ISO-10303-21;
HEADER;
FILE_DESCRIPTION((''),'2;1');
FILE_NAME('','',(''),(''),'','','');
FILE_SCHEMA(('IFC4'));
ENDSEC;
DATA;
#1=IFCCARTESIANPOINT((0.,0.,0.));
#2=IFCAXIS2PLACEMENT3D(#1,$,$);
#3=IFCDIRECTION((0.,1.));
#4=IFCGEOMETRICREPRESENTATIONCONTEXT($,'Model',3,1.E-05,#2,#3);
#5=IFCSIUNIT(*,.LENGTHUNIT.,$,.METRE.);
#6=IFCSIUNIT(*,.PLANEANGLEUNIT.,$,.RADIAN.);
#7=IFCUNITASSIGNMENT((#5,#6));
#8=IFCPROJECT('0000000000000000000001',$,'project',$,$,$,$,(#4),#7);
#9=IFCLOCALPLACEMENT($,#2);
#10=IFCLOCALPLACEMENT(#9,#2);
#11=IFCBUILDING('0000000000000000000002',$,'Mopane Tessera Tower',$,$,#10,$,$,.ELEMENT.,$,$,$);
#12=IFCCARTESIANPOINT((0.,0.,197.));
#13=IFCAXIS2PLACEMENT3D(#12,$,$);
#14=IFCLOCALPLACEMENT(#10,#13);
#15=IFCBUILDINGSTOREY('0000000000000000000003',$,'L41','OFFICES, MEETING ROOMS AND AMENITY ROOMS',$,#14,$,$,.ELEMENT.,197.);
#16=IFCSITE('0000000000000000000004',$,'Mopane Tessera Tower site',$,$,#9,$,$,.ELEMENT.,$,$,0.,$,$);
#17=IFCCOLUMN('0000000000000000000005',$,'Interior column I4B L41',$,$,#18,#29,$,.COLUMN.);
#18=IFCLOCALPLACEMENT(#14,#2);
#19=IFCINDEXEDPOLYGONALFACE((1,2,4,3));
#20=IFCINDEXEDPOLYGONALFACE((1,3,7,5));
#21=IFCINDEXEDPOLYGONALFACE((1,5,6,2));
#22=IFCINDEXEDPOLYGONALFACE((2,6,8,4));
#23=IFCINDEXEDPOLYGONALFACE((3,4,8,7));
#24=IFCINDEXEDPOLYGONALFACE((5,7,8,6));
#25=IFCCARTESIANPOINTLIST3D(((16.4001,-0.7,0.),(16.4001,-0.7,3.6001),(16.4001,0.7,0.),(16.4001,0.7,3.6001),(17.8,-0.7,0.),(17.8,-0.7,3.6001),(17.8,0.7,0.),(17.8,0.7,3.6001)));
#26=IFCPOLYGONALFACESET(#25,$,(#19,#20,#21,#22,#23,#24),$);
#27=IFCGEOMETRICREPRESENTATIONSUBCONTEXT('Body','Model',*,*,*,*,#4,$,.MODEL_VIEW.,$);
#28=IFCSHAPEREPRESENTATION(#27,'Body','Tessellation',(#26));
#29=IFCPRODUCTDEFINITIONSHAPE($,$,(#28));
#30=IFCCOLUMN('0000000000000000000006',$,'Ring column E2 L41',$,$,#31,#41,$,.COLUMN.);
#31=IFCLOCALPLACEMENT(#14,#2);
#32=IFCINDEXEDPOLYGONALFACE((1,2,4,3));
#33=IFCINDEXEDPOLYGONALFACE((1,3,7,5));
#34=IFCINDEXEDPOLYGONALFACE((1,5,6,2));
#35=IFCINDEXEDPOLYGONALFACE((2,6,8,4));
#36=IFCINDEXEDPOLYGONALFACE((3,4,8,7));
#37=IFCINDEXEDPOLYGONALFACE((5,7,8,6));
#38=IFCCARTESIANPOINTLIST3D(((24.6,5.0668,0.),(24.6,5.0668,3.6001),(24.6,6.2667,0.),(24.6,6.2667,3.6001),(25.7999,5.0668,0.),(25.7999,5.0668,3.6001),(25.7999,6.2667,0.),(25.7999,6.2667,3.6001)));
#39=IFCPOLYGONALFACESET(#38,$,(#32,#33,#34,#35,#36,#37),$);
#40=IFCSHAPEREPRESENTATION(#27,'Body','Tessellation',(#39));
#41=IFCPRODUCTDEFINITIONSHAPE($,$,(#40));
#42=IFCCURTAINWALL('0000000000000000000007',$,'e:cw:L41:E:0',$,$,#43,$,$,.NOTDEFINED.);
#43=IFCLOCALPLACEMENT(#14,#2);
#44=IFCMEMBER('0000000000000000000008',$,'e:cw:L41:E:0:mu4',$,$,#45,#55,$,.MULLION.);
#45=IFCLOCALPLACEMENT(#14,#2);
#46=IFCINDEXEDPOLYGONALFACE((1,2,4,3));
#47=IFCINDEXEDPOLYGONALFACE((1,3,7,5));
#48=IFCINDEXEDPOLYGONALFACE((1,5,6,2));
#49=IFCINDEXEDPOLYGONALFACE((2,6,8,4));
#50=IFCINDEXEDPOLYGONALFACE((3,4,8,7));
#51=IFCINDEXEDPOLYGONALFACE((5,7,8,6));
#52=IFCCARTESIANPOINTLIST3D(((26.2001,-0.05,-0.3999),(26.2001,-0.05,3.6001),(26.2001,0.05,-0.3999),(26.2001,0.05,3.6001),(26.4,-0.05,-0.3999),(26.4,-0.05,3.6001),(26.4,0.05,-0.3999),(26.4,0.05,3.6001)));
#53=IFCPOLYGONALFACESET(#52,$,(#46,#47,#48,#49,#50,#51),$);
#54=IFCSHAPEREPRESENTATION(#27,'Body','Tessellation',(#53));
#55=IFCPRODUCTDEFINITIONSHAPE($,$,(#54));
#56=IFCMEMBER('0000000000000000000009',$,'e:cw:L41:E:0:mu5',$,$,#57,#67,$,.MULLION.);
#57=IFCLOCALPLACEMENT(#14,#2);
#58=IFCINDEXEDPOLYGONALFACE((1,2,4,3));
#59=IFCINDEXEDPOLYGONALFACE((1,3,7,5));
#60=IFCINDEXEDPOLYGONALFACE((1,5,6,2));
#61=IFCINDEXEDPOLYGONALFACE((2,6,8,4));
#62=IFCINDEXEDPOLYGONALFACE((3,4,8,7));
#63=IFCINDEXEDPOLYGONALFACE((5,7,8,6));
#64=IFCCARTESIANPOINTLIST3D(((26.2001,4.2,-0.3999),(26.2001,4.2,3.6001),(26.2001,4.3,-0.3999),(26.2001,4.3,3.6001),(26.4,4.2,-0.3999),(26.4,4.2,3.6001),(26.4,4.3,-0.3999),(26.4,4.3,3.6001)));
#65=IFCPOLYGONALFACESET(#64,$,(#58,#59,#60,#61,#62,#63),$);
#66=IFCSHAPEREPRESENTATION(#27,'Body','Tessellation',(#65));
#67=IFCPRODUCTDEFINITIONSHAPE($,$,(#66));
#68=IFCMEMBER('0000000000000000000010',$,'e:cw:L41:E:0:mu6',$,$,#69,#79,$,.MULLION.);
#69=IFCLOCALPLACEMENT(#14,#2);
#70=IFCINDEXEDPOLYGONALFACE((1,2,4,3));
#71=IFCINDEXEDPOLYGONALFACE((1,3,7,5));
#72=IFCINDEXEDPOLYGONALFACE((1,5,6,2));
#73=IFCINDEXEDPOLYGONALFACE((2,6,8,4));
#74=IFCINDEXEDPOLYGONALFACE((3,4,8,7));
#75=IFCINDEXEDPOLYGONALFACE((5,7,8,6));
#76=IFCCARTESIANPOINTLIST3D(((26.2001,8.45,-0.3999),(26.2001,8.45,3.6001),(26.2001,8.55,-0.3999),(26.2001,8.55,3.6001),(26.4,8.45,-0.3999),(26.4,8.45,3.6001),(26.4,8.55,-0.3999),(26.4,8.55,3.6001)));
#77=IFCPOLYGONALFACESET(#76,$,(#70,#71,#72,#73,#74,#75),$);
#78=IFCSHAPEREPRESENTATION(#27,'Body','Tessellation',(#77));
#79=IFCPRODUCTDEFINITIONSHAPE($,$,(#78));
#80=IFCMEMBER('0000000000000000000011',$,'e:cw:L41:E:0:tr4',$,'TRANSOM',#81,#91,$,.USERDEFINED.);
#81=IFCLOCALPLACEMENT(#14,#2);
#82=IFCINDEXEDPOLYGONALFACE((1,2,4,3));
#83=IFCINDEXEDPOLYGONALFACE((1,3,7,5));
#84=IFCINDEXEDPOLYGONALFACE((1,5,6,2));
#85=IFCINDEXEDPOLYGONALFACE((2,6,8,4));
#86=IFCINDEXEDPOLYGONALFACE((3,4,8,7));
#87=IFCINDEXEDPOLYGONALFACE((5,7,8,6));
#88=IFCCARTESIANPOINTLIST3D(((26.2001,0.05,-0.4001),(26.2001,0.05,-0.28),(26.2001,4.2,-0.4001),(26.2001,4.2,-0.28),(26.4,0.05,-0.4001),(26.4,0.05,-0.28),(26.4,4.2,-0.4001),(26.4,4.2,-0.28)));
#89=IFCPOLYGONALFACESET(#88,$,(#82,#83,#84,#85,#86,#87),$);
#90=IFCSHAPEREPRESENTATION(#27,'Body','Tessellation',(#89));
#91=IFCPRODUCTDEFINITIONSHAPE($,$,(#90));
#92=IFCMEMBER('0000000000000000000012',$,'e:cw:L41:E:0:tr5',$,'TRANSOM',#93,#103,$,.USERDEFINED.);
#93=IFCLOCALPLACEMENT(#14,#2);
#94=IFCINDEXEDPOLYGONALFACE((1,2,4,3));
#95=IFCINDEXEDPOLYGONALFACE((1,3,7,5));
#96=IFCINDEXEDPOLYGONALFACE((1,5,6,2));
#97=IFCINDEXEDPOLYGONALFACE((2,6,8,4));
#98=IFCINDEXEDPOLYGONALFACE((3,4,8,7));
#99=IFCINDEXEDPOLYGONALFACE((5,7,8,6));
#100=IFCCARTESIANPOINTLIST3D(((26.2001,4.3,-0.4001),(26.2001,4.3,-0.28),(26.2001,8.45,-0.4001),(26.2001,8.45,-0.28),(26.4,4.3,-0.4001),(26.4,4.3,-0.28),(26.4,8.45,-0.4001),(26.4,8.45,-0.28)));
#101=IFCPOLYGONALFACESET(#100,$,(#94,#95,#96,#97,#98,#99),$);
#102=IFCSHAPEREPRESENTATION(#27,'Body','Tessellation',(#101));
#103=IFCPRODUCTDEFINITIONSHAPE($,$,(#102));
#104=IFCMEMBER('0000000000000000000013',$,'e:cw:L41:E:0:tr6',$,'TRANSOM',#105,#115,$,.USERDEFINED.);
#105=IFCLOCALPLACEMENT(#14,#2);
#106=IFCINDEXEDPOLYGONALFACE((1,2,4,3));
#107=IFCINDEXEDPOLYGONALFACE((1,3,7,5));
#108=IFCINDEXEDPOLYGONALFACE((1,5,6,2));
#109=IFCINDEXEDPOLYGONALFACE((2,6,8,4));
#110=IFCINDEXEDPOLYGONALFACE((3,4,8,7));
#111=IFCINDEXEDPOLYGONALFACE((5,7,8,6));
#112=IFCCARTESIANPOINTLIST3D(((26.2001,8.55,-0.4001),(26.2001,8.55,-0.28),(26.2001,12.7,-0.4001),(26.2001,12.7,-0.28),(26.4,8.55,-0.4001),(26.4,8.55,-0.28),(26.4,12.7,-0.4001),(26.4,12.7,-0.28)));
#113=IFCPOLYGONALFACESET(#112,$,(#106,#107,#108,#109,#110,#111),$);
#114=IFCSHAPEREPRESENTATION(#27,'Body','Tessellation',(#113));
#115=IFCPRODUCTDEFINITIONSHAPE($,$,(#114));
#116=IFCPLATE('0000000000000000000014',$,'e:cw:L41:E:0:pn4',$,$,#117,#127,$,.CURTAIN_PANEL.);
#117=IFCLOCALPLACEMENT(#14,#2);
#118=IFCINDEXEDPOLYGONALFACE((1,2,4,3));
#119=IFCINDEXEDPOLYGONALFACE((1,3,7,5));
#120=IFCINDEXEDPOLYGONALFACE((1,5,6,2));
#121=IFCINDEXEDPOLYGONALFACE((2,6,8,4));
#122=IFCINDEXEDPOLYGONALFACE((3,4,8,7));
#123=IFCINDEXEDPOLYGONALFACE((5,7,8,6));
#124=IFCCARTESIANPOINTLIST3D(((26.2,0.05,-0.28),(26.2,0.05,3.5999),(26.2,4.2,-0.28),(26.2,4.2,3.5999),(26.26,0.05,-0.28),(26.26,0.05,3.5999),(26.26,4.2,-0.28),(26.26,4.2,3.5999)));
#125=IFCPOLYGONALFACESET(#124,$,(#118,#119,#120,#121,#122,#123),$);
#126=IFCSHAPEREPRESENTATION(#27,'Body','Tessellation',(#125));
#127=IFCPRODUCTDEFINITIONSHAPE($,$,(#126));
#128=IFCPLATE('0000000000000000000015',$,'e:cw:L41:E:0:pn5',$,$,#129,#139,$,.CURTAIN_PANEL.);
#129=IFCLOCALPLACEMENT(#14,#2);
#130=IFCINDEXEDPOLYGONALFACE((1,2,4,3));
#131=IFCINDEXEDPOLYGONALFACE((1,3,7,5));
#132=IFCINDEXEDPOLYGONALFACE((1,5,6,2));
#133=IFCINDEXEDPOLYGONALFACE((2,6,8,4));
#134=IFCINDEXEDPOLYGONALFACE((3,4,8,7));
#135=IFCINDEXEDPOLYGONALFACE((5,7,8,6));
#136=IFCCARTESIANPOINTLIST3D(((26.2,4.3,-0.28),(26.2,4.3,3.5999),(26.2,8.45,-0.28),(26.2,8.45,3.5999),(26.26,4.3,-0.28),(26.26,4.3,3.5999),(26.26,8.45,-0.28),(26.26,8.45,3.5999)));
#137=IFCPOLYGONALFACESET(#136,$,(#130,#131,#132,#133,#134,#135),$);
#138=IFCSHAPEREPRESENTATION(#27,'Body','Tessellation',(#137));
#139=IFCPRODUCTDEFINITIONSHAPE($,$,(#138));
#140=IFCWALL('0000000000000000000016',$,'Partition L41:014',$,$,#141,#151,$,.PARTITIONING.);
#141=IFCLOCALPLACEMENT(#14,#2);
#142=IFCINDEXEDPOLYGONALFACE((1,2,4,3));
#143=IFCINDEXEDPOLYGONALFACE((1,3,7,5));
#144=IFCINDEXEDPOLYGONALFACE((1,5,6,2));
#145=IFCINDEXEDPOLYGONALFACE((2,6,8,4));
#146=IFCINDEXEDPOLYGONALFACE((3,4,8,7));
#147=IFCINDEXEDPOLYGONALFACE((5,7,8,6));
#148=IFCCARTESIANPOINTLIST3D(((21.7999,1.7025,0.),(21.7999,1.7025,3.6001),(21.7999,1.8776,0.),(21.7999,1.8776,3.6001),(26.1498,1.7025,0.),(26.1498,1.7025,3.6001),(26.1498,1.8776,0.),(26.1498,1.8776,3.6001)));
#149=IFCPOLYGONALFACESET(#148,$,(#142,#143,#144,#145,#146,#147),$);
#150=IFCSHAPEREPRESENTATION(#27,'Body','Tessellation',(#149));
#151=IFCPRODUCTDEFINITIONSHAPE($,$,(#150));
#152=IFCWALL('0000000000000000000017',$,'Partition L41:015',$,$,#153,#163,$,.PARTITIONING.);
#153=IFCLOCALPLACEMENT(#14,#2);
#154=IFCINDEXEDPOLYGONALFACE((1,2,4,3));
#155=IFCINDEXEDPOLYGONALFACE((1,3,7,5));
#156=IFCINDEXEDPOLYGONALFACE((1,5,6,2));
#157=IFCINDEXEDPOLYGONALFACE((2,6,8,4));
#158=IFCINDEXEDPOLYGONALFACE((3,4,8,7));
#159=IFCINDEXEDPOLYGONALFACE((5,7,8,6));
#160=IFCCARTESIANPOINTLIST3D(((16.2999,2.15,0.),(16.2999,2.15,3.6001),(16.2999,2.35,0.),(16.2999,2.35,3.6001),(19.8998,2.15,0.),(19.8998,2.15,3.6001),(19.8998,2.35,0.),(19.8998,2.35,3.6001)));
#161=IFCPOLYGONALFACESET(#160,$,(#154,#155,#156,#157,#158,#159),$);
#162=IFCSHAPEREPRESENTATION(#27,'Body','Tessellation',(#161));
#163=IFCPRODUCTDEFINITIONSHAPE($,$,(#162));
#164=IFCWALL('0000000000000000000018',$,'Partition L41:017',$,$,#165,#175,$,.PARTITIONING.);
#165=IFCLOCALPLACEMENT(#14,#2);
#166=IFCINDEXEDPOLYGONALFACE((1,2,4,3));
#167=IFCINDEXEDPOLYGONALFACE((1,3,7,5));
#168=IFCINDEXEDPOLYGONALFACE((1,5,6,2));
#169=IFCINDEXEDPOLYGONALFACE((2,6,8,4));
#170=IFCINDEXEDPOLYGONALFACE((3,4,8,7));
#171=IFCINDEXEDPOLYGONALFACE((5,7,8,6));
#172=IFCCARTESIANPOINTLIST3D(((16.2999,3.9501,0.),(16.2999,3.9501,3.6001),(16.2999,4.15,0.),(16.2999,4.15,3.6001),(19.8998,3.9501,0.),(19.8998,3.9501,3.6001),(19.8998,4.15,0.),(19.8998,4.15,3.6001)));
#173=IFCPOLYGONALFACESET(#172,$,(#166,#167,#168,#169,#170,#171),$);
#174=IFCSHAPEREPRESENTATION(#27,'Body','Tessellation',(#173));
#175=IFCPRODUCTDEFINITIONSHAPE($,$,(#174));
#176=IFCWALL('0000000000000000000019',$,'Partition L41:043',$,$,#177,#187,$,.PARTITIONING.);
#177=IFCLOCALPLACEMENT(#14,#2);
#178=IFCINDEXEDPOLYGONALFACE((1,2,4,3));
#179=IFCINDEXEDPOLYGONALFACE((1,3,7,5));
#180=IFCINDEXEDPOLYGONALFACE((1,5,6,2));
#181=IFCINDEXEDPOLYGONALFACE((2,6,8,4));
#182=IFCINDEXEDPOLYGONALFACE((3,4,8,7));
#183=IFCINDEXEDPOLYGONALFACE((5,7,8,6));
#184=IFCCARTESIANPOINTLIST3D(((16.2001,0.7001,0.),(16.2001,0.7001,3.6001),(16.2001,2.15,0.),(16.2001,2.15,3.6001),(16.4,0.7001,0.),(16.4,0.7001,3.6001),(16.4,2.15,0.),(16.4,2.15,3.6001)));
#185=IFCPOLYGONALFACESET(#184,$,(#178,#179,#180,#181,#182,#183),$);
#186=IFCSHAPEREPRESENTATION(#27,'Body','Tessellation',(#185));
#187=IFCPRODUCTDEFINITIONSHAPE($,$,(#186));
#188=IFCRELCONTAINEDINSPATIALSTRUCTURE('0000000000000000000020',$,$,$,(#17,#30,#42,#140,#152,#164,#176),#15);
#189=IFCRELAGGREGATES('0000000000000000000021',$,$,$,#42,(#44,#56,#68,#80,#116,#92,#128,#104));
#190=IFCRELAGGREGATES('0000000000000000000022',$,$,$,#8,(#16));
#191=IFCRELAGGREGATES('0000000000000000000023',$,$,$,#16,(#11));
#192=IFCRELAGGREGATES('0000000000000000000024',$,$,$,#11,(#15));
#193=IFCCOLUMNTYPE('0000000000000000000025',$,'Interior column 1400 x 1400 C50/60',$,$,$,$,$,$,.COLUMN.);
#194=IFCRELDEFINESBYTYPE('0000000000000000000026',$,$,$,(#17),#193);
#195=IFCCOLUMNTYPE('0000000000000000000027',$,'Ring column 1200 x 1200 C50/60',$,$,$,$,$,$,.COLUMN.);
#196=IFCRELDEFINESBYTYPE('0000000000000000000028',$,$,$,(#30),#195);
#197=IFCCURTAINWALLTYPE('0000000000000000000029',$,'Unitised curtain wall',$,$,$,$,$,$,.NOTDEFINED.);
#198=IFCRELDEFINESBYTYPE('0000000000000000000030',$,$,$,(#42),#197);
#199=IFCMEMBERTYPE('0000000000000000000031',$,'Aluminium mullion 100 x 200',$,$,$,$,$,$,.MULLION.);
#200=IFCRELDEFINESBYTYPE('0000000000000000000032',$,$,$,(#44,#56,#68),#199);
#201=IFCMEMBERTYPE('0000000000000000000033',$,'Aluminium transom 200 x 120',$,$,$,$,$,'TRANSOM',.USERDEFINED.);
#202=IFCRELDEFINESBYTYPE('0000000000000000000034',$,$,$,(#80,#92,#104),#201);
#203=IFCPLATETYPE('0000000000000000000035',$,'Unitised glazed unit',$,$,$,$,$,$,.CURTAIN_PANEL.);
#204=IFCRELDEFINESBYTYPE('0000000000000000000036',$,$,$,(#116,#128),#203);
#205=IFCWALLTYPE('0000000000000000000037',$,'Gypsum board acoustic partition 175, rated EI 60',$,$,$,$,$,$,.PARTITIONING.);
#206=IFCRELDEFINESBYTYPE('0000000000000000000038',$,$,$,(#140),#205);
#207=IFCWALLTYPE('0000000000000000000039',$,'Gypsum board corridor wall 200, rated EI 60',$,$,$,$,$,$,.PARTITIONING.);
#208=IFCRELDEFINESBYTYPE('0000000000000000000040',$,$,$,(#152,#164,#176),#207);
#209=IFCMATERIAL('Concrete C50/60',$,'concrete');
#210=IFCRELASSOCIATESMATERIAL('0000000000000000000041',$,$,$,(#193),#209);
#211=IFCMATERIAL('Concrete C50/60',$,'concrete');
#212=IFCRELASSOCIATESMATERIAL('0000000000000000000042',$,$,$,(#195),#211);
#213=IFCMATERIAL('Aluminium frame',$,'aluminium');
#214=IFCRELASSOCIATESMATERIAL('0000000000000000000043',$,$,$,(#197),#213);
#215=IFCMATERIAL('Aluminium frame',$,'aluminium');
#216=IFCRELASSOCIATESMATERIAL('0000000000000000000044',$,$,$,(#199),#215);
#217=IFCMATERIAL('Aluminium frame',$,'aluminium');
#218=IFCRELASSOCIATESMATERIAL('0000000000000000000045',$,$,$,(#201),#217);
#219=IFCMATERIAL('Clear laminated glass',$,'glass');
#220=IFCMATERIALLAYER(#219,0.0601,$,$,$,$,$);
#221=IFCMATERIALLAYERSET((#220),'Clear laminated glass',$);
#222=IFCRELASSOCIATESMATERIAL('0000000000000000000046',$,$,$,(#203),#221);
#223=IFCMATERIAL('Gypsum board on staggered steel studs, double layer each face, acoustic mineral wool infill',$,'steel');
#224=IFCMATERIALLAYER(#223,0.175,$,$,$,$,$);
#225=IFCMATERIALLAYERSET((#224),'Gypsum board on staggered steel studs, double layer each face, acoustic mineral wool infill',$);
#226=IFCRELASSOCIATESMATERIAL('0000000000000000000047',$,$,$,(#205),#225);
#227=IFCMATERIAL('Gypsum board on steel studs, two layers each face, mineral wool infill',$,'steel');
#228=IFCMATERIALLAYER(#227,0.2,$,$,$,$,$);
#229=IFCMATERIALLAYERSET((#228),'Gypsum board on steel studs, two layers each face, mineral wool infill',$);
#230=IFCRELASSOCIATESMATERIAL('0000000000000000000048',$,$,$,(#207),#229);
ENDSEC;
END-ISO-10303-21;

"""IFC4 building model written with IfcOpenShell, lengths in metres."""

from ifc_helpers import new_model, si_unit, direction, frame, frame_2d, origin, origin_2d, place, context, subcontext, project, spatial, rectangle, extrude, material, layer, layer_set, material_profile, profile_set, type_object, element, aggregate, save


model = new_model("IFC4")

# Units and contexts
model_context = context("Model", 3, precision=1e-05, world=origin(), true_north=direction((0.0, 1.0)))
body_context = subcontext(model_context, "Body", "Model", "MODEL_VIEW")
ifc_project = project(units=[si_unit("LENGTHUNIT", "METRE"), si_unit("PLANEANGLEUNIT", "RADIAN")], contexts=[model_context])

# Site, building, storey
site_placement = place(None, origin())
site = spatial("IfcSite", under=ifc_project, at=site_placement, Name="Mopane Tessera Tower site", CompositionType="ELEMENT", RefElevation=0.0)
building_placement = place(site_placement, origin())
building = spatial("IfcBuilding", under=site, at=building_placement, Name="Mopane Tessera Tower", CompositionType="ELEMENT")
storey_placement = place(building_placement, frame((0.0, 0.0, 197.0)))
storey = spatial("IfcBuildingStorey", under=building, at=storey_placement, Name="L41", Description="OFFICES, MEETING ROOMS AND AMENITY ROOMS", CompositionType="ELEMENT", Elevation=197.0)

# Columns
ifc_material_1 = material(Name="Concrete C50/60", Category="concrete")
ifc_material_profile_1 = material_profile(ifc_material_1, rectangle(XDim=1.3999, YDim=1.3999, at=origin_2d()))
ifc_profile_set_1 = profile_set([ifc_material_profile_1], Name="Concrete C50/60")
column_type_1 = type_object("IfcColumnType", Name="Interior column 1400 x 1400 C50/60", PredefinedType="COLUMN", material=ifc_profile_set_1)
column_1_placement = place(storey_placement, frame((17.1001, 0.0, 0.0), z_axis=(0.0, 0.0, 1.0), x_axis=(1.0, 0.0, 0.0)))
element("IfcColumn", 1, at=column_1_placement, inside=storey, type_object=column_type_1, Name="Interior column I4B L41", PredefinedType="COLUMN", context=body_context, shape_type="SweptSolid", body=[
    extrude(rectangle(XDim=1.3999, YDim=1.3999, at=origin_2d()), origin(), (0.0, 0.0, 1.0), 3.6001),
])
ifc_material_2 = material(Name="Concrete C50/60", Category="concrete")
ifc_material_profile_2 = material_profile(ifc_material_2, rectangle(XDim=1.2, YDim=1.2, at=origin_2d()))
ifc_profile_set_2 = profile_set([ifc_material_profile_2], Name="Concrete C50/60")
column_type_2 = type_object("IfcColumnType", Name="Ring column 1200 x 1200 C50/60", PredefinedType="COLUMN", material=ifc_profile_set_2)
column_2_placement = place(storey_placement, frame((25.2, 5.6667, 0.0), z_axis=(0.0, 0.0, 1.0), x_axis=(1.0, 0.0, 0.0)))
element("IfcColumn", 2, at=column_2_placement, inside=storey, type_object=column_type_2, Name="Ring column E2 L41", PredefinedType="COLUMN", context=body_context, shape_type="SweptSolid", body=[
    extrude(rectangle(XDim=1.2, YDim=1.2, at=origin_2d()), origin(), (0.0, 0.0, 1.0), 3.6001),
])

# Curtain wall, members, plates
ifc_material_3 = material(Name="Aluminium frame", Category="aluminium")
curtain_wall_type = type_object("IfcCurtainWallType", Name="Unitised curtain wall", PredefinedType="NOTDEFINED", material=ifc_material_3)
curtain_wall_placement = place(storey_placement, origin())
curtain_wall = element("IfcCurtainWall", 3, at=curtain_wall_placement, inside=storey, type_object=curtain_wall_type, Name="e:cw:L41:E:0", PredefinedType="NOTDEFINED")
ifc_material_4 = material(Name="Aluminium frame", Category="aluminium")
ifc_material_profile_3 = material_profile(ifc_material_4, rectangle(XDim=0.1001, YDim=0.2, at=origin_2d()))
ifc_profile_set_3 = profile_set([ifc_material_profile_3], Name="Aluminium frame")
member_type_1 = type_object("IfcMemberType", Name="Aluminium mullion 100 x 200", PredefinedType="MULLION", material=ifc_profile_set_3)
member_1_placement = place(storey_placement, frame((26.3, 0.0, -0.3999), z_axis=(0.0, 0.0, 1.0), x_axis=(0.0, 1.0, 0.0)))
member_1 = element("IfcMember", 4, at=member_1_placement, type_object=member_type_1, Name="e:cw:L41:E:0:mu4", PredefinedType="MULLION", context=body_context, shape_type="SweptSolid", body=[
    extrude(rectangle(XDim=0.1001, YDim=0.2, at=origin_2d()), origin(), (0.0, 0.0, 1.0), 4.0),
])
member_2_placement = place(storey_placement, frame((26.3, 4.25, -0.3999), z_axis=(0.0, 0.0, 1.0), x_axis=(0.0, 1.0, 0.0)))
member_2 = element("IfcMember", 5, at=member_2_placement, type_object=member_type_1, Name="e:cw:L41:E:0:mu5", PredefinedType="MULLION", context=body_context, shape_type="SweptSolid", body=[
    extrude(rectangle(XDim=0.1001, YDim=0.2, at=origin_2d()), origin(), (0.0, 0.0, 1.0), 4.0),
])
member_3_placement = place(storey_placement, frame((26.3, 8.5, -0.3999), z_axis=(0.0, 0.0, 1.0), x_axis=(0.0, 1.0, 0.0)))
member_3 = element("IfcMember", 6, at=member_3_placement, type_object=member_type_1, Name="e:cw:L41:E:0:mu6", PredefinedType="MULLION", context=body_context, shape_type="SweptSolid", body=[
    extrude(rectangle(XDim=0.1001, YDim=0.2, at=origin_2d()), origin(), (0.0, 0.0, 1.0), 4.0),
])
ifc_material_5 = material(Name="Aluminium frame", Category="aluminium")
ifc_material_profile_4 = material_profile(ifc_material_5, rectangle(XDim=0.2, YDim=0.1201, at=origin_2d()))
ifc_profile_set_4 = profile_set([ifc_material_profile_4], Name="Aluminium frame")
member_type_2 = type_object("IfcMemberType", Name="Aluminium transom 200 x 120", ElementType="TRANSOM", PredefinedType="USERDEFINED", material=ifc_profile_set_4)
member_4_placement = place(storey_placement, frame((26.3, 0.05, -0.3401), z_axis=(0.0, 1.0, 0.0), x_axis=(-1.0, 0.0, 0.0)))
member_4 = element("IfcMember", 7, at=member_4_placement, type_object=member_type_2, Name="e:cw:L41:E:0:tr4", ObjectType="TRANSOM", PredefinedType="USERDEFINED", context=body_context, shape_type="SweptSolid", body=[
    extrude(rectangle(XDim=0.2, YDim=0.1201, at=origin_2d()), origin(), (0.0, 0.0, 1.0), 4.1499),
])
member_5_placement = place(storey_placement, frame((26.3, 4.3, -0.3401), z_axis=(0.0, 1.0, 0.0), x_axis=(-1.0, 0.0, 0.0)))
member_5 = element("IfcMember", 8, at=member_5_placement, type_object=member_type_2, Name="e:cw:L41:E:0:tr5", ObjectType="TRANSOM", PredefinedType="USERDEFINED", context=body_context, shape_type="SweptSolid", body=[
    extrude(rectangle(XDim=0.2, YDim=0.1201, at=origin_2d()), origin(), (0.0, 0.0, 1.0), 4.1499),
])
member_6_placement = place(storey_placement, frame((26.3, 8.55, -0.3401), z_axis=(0.0, 1.0, 0.0), x_axis=(-1.0, 0.0, 0.0)))
member_6 = element("IfcMember", 9, at=member_6_placement, type_object=member_type_2, Name="e:cw:L41:E:0:tr6", ObjectType="TRANSOM", PredefinedType="USERDEFINED", context=body_context, shape_type="SweptSolid", body=[
    extrude(rectangle(XDim=0.2, YDim=0.1201, at=origin_2d()), origin(), (0.0, 0.0, 1.0), 4.1499),
])
ifc_material_6 = material(Name="Clear laminated glass", Category="glass")
ifc_layer_1 = layer(ifc_material_6, 0.0601)
ifc_layer_set_1 = layer_set([ifc_layer_1], Name="Clear laminated glass")
plate_type = type_object("IfcPlateType", Name="Unitised glazed unit", PredefinedType="CURTAIN_PANEL", material=ifc_layer_set_1)
plate_1_placement = place(storey_placement, frame((26.23, 2.125, -0.28), z_axis=(0.0, 0.0, 1.0), x_axis=(0.0, 1.0, 0.0)))
plate_1 = element("IfcPlate", 10, at=plate_1_placement, type_object=plate_type, Name="e:cw:L41:E:0:pn4", PredefinedType="CURTAIN_PANEL", context=body_context, shape_type="SweptSolid", body=[
    extrude(rectangle(XDim=4.1499, YDim=0.0601, at=origin_2d()), origin(), (0.0, 0.0, 1.0), 3.8799),
])
plate_2_placement = place(storey_placement, frame((26.23, 6.375, -0.28), z_axis=(0.0, 0.0, 1.0), x_axis=(0.0, 1.0, 0.0)))
plate_2 = element("IfcPlate", 11, at=plate_2_placement, type_object=plate_type, Name="e:cw:L41:E:0:pn5", PredefinedType="CURTAIN_PANEL", context=body_context, shape_type="SweptSolid", body=[
    extrude(rectangle(XDim=4.1499, YDim=0.0601, at=origin_2d()), origin(), (0.0, 0.0, 1.0), 3.8799),
])
aggregate(curtain_wall, [member_1, member_2, member_3, member_4, plate_1, member_5, plate_2, member_6])

# Walls
ifc_material_7 = material(Name="Gypsum board on staggered steel studs, double layer each face, acoustic mineral wool infill", Category="steel")
ifc_layer_2 = layer(ifc_material_7, 0.175)
ifc_layer_set_2 = layer_set([ifc_layer_2], Name="Gypsum board on staggered steel studs, double layer each face, acoustic mineral wool infill")
wall_type_1 = type_object("IfcWallType", Name="Gypsum board acoustic partition 175, rated EI 60", PredefinedType="PARTITIONING", material=ifc_layer_set_2)
wall_1_placement = place(storey_placement, frame((21.8, 1.79, 0.0), z_axis=(0.0, 0.0, 1.0), x_axis=(1.0, 0.0, 0.0)))
element("IfcWall", 12, at=wall_1_placement, inside=storey, type_object=wall_type_1, Name="Partition L41:014", PredefinedType="PARTITIONING", context=body_context, shape_type="SweptSolid", body=[
    extrude(rectangle(XDim=4.3499, YDim=0.175, at=frame_2d((2.1748, 0.0))), origin(), (0.0, 0.0, 1.0), 3.6001),
])
ifc_material_8 = material(Name="Gypsum board on steel studs, two layers each face, mineral wool infill", Category="steel")
ifc_layer_3 = layer(ifc_material_8, 0.2)
ifc_layer_set_3 = layer_set([ifc_layer_3], Name="Gypsum board on steel studs, two layers each face, mineral wool infill")
wall_type_2 = type_object("IfcWallType", Name="Gypsum board corridor wall 200, rated EI 60", PredefinedType="PARTITIONING", material=ifc_layer_set_3)
for number, where, z_axis, x_axis, name in (
    (13, (16.3, 2.25, 0.0), (0.0, 0.0, 1.0), (1.0, 0.0, 0.0), "Partition L41:015"),
    (14, (16.3, 4.05, 0.0), (0.0, 0.0, 1.0), (1.0, 0.0, 0.0), "Partition L41:017"),
):
    element("IfcWall", number, at=place(storey_placement, frame(where, z_axis=z_axis, x_axis=x_axis)), inside=storey, type_object=wall_type_2, Name=name, PredefinedType="PARTITIONING", context=body_context, shape_type="SweptSolid", body=[
        extrude(rectangle(XDim=3.5999, YDim=0.2, at=frame_2d((1.7998, 0.0))), origin(), (0.0, 0.0, 1.0), 3.6001),
    ])
wall_2_placement = place(storey_placement, frame((16.3, 0.7, 0.0), z_axis=(0.0, 0.0, 1.0), x_axis=(0.0, 1.0, 0.0)))
element("IfcWall", 15, at=wall_2_placement, inside=storey, type_object=wall_type_2, Name="Partition L41:043", PredefinedType="PARTITIONING", context=body_context, shape_type="SweptSolid", body=[
    extrude(rectangle(XDim=1.45, YDim=0.2, at=frame_2d((0.7251, 0.0))), origin(), (0.0, 0.0, 1.0), 3.6001),
])

save(model, "model.ifc")
